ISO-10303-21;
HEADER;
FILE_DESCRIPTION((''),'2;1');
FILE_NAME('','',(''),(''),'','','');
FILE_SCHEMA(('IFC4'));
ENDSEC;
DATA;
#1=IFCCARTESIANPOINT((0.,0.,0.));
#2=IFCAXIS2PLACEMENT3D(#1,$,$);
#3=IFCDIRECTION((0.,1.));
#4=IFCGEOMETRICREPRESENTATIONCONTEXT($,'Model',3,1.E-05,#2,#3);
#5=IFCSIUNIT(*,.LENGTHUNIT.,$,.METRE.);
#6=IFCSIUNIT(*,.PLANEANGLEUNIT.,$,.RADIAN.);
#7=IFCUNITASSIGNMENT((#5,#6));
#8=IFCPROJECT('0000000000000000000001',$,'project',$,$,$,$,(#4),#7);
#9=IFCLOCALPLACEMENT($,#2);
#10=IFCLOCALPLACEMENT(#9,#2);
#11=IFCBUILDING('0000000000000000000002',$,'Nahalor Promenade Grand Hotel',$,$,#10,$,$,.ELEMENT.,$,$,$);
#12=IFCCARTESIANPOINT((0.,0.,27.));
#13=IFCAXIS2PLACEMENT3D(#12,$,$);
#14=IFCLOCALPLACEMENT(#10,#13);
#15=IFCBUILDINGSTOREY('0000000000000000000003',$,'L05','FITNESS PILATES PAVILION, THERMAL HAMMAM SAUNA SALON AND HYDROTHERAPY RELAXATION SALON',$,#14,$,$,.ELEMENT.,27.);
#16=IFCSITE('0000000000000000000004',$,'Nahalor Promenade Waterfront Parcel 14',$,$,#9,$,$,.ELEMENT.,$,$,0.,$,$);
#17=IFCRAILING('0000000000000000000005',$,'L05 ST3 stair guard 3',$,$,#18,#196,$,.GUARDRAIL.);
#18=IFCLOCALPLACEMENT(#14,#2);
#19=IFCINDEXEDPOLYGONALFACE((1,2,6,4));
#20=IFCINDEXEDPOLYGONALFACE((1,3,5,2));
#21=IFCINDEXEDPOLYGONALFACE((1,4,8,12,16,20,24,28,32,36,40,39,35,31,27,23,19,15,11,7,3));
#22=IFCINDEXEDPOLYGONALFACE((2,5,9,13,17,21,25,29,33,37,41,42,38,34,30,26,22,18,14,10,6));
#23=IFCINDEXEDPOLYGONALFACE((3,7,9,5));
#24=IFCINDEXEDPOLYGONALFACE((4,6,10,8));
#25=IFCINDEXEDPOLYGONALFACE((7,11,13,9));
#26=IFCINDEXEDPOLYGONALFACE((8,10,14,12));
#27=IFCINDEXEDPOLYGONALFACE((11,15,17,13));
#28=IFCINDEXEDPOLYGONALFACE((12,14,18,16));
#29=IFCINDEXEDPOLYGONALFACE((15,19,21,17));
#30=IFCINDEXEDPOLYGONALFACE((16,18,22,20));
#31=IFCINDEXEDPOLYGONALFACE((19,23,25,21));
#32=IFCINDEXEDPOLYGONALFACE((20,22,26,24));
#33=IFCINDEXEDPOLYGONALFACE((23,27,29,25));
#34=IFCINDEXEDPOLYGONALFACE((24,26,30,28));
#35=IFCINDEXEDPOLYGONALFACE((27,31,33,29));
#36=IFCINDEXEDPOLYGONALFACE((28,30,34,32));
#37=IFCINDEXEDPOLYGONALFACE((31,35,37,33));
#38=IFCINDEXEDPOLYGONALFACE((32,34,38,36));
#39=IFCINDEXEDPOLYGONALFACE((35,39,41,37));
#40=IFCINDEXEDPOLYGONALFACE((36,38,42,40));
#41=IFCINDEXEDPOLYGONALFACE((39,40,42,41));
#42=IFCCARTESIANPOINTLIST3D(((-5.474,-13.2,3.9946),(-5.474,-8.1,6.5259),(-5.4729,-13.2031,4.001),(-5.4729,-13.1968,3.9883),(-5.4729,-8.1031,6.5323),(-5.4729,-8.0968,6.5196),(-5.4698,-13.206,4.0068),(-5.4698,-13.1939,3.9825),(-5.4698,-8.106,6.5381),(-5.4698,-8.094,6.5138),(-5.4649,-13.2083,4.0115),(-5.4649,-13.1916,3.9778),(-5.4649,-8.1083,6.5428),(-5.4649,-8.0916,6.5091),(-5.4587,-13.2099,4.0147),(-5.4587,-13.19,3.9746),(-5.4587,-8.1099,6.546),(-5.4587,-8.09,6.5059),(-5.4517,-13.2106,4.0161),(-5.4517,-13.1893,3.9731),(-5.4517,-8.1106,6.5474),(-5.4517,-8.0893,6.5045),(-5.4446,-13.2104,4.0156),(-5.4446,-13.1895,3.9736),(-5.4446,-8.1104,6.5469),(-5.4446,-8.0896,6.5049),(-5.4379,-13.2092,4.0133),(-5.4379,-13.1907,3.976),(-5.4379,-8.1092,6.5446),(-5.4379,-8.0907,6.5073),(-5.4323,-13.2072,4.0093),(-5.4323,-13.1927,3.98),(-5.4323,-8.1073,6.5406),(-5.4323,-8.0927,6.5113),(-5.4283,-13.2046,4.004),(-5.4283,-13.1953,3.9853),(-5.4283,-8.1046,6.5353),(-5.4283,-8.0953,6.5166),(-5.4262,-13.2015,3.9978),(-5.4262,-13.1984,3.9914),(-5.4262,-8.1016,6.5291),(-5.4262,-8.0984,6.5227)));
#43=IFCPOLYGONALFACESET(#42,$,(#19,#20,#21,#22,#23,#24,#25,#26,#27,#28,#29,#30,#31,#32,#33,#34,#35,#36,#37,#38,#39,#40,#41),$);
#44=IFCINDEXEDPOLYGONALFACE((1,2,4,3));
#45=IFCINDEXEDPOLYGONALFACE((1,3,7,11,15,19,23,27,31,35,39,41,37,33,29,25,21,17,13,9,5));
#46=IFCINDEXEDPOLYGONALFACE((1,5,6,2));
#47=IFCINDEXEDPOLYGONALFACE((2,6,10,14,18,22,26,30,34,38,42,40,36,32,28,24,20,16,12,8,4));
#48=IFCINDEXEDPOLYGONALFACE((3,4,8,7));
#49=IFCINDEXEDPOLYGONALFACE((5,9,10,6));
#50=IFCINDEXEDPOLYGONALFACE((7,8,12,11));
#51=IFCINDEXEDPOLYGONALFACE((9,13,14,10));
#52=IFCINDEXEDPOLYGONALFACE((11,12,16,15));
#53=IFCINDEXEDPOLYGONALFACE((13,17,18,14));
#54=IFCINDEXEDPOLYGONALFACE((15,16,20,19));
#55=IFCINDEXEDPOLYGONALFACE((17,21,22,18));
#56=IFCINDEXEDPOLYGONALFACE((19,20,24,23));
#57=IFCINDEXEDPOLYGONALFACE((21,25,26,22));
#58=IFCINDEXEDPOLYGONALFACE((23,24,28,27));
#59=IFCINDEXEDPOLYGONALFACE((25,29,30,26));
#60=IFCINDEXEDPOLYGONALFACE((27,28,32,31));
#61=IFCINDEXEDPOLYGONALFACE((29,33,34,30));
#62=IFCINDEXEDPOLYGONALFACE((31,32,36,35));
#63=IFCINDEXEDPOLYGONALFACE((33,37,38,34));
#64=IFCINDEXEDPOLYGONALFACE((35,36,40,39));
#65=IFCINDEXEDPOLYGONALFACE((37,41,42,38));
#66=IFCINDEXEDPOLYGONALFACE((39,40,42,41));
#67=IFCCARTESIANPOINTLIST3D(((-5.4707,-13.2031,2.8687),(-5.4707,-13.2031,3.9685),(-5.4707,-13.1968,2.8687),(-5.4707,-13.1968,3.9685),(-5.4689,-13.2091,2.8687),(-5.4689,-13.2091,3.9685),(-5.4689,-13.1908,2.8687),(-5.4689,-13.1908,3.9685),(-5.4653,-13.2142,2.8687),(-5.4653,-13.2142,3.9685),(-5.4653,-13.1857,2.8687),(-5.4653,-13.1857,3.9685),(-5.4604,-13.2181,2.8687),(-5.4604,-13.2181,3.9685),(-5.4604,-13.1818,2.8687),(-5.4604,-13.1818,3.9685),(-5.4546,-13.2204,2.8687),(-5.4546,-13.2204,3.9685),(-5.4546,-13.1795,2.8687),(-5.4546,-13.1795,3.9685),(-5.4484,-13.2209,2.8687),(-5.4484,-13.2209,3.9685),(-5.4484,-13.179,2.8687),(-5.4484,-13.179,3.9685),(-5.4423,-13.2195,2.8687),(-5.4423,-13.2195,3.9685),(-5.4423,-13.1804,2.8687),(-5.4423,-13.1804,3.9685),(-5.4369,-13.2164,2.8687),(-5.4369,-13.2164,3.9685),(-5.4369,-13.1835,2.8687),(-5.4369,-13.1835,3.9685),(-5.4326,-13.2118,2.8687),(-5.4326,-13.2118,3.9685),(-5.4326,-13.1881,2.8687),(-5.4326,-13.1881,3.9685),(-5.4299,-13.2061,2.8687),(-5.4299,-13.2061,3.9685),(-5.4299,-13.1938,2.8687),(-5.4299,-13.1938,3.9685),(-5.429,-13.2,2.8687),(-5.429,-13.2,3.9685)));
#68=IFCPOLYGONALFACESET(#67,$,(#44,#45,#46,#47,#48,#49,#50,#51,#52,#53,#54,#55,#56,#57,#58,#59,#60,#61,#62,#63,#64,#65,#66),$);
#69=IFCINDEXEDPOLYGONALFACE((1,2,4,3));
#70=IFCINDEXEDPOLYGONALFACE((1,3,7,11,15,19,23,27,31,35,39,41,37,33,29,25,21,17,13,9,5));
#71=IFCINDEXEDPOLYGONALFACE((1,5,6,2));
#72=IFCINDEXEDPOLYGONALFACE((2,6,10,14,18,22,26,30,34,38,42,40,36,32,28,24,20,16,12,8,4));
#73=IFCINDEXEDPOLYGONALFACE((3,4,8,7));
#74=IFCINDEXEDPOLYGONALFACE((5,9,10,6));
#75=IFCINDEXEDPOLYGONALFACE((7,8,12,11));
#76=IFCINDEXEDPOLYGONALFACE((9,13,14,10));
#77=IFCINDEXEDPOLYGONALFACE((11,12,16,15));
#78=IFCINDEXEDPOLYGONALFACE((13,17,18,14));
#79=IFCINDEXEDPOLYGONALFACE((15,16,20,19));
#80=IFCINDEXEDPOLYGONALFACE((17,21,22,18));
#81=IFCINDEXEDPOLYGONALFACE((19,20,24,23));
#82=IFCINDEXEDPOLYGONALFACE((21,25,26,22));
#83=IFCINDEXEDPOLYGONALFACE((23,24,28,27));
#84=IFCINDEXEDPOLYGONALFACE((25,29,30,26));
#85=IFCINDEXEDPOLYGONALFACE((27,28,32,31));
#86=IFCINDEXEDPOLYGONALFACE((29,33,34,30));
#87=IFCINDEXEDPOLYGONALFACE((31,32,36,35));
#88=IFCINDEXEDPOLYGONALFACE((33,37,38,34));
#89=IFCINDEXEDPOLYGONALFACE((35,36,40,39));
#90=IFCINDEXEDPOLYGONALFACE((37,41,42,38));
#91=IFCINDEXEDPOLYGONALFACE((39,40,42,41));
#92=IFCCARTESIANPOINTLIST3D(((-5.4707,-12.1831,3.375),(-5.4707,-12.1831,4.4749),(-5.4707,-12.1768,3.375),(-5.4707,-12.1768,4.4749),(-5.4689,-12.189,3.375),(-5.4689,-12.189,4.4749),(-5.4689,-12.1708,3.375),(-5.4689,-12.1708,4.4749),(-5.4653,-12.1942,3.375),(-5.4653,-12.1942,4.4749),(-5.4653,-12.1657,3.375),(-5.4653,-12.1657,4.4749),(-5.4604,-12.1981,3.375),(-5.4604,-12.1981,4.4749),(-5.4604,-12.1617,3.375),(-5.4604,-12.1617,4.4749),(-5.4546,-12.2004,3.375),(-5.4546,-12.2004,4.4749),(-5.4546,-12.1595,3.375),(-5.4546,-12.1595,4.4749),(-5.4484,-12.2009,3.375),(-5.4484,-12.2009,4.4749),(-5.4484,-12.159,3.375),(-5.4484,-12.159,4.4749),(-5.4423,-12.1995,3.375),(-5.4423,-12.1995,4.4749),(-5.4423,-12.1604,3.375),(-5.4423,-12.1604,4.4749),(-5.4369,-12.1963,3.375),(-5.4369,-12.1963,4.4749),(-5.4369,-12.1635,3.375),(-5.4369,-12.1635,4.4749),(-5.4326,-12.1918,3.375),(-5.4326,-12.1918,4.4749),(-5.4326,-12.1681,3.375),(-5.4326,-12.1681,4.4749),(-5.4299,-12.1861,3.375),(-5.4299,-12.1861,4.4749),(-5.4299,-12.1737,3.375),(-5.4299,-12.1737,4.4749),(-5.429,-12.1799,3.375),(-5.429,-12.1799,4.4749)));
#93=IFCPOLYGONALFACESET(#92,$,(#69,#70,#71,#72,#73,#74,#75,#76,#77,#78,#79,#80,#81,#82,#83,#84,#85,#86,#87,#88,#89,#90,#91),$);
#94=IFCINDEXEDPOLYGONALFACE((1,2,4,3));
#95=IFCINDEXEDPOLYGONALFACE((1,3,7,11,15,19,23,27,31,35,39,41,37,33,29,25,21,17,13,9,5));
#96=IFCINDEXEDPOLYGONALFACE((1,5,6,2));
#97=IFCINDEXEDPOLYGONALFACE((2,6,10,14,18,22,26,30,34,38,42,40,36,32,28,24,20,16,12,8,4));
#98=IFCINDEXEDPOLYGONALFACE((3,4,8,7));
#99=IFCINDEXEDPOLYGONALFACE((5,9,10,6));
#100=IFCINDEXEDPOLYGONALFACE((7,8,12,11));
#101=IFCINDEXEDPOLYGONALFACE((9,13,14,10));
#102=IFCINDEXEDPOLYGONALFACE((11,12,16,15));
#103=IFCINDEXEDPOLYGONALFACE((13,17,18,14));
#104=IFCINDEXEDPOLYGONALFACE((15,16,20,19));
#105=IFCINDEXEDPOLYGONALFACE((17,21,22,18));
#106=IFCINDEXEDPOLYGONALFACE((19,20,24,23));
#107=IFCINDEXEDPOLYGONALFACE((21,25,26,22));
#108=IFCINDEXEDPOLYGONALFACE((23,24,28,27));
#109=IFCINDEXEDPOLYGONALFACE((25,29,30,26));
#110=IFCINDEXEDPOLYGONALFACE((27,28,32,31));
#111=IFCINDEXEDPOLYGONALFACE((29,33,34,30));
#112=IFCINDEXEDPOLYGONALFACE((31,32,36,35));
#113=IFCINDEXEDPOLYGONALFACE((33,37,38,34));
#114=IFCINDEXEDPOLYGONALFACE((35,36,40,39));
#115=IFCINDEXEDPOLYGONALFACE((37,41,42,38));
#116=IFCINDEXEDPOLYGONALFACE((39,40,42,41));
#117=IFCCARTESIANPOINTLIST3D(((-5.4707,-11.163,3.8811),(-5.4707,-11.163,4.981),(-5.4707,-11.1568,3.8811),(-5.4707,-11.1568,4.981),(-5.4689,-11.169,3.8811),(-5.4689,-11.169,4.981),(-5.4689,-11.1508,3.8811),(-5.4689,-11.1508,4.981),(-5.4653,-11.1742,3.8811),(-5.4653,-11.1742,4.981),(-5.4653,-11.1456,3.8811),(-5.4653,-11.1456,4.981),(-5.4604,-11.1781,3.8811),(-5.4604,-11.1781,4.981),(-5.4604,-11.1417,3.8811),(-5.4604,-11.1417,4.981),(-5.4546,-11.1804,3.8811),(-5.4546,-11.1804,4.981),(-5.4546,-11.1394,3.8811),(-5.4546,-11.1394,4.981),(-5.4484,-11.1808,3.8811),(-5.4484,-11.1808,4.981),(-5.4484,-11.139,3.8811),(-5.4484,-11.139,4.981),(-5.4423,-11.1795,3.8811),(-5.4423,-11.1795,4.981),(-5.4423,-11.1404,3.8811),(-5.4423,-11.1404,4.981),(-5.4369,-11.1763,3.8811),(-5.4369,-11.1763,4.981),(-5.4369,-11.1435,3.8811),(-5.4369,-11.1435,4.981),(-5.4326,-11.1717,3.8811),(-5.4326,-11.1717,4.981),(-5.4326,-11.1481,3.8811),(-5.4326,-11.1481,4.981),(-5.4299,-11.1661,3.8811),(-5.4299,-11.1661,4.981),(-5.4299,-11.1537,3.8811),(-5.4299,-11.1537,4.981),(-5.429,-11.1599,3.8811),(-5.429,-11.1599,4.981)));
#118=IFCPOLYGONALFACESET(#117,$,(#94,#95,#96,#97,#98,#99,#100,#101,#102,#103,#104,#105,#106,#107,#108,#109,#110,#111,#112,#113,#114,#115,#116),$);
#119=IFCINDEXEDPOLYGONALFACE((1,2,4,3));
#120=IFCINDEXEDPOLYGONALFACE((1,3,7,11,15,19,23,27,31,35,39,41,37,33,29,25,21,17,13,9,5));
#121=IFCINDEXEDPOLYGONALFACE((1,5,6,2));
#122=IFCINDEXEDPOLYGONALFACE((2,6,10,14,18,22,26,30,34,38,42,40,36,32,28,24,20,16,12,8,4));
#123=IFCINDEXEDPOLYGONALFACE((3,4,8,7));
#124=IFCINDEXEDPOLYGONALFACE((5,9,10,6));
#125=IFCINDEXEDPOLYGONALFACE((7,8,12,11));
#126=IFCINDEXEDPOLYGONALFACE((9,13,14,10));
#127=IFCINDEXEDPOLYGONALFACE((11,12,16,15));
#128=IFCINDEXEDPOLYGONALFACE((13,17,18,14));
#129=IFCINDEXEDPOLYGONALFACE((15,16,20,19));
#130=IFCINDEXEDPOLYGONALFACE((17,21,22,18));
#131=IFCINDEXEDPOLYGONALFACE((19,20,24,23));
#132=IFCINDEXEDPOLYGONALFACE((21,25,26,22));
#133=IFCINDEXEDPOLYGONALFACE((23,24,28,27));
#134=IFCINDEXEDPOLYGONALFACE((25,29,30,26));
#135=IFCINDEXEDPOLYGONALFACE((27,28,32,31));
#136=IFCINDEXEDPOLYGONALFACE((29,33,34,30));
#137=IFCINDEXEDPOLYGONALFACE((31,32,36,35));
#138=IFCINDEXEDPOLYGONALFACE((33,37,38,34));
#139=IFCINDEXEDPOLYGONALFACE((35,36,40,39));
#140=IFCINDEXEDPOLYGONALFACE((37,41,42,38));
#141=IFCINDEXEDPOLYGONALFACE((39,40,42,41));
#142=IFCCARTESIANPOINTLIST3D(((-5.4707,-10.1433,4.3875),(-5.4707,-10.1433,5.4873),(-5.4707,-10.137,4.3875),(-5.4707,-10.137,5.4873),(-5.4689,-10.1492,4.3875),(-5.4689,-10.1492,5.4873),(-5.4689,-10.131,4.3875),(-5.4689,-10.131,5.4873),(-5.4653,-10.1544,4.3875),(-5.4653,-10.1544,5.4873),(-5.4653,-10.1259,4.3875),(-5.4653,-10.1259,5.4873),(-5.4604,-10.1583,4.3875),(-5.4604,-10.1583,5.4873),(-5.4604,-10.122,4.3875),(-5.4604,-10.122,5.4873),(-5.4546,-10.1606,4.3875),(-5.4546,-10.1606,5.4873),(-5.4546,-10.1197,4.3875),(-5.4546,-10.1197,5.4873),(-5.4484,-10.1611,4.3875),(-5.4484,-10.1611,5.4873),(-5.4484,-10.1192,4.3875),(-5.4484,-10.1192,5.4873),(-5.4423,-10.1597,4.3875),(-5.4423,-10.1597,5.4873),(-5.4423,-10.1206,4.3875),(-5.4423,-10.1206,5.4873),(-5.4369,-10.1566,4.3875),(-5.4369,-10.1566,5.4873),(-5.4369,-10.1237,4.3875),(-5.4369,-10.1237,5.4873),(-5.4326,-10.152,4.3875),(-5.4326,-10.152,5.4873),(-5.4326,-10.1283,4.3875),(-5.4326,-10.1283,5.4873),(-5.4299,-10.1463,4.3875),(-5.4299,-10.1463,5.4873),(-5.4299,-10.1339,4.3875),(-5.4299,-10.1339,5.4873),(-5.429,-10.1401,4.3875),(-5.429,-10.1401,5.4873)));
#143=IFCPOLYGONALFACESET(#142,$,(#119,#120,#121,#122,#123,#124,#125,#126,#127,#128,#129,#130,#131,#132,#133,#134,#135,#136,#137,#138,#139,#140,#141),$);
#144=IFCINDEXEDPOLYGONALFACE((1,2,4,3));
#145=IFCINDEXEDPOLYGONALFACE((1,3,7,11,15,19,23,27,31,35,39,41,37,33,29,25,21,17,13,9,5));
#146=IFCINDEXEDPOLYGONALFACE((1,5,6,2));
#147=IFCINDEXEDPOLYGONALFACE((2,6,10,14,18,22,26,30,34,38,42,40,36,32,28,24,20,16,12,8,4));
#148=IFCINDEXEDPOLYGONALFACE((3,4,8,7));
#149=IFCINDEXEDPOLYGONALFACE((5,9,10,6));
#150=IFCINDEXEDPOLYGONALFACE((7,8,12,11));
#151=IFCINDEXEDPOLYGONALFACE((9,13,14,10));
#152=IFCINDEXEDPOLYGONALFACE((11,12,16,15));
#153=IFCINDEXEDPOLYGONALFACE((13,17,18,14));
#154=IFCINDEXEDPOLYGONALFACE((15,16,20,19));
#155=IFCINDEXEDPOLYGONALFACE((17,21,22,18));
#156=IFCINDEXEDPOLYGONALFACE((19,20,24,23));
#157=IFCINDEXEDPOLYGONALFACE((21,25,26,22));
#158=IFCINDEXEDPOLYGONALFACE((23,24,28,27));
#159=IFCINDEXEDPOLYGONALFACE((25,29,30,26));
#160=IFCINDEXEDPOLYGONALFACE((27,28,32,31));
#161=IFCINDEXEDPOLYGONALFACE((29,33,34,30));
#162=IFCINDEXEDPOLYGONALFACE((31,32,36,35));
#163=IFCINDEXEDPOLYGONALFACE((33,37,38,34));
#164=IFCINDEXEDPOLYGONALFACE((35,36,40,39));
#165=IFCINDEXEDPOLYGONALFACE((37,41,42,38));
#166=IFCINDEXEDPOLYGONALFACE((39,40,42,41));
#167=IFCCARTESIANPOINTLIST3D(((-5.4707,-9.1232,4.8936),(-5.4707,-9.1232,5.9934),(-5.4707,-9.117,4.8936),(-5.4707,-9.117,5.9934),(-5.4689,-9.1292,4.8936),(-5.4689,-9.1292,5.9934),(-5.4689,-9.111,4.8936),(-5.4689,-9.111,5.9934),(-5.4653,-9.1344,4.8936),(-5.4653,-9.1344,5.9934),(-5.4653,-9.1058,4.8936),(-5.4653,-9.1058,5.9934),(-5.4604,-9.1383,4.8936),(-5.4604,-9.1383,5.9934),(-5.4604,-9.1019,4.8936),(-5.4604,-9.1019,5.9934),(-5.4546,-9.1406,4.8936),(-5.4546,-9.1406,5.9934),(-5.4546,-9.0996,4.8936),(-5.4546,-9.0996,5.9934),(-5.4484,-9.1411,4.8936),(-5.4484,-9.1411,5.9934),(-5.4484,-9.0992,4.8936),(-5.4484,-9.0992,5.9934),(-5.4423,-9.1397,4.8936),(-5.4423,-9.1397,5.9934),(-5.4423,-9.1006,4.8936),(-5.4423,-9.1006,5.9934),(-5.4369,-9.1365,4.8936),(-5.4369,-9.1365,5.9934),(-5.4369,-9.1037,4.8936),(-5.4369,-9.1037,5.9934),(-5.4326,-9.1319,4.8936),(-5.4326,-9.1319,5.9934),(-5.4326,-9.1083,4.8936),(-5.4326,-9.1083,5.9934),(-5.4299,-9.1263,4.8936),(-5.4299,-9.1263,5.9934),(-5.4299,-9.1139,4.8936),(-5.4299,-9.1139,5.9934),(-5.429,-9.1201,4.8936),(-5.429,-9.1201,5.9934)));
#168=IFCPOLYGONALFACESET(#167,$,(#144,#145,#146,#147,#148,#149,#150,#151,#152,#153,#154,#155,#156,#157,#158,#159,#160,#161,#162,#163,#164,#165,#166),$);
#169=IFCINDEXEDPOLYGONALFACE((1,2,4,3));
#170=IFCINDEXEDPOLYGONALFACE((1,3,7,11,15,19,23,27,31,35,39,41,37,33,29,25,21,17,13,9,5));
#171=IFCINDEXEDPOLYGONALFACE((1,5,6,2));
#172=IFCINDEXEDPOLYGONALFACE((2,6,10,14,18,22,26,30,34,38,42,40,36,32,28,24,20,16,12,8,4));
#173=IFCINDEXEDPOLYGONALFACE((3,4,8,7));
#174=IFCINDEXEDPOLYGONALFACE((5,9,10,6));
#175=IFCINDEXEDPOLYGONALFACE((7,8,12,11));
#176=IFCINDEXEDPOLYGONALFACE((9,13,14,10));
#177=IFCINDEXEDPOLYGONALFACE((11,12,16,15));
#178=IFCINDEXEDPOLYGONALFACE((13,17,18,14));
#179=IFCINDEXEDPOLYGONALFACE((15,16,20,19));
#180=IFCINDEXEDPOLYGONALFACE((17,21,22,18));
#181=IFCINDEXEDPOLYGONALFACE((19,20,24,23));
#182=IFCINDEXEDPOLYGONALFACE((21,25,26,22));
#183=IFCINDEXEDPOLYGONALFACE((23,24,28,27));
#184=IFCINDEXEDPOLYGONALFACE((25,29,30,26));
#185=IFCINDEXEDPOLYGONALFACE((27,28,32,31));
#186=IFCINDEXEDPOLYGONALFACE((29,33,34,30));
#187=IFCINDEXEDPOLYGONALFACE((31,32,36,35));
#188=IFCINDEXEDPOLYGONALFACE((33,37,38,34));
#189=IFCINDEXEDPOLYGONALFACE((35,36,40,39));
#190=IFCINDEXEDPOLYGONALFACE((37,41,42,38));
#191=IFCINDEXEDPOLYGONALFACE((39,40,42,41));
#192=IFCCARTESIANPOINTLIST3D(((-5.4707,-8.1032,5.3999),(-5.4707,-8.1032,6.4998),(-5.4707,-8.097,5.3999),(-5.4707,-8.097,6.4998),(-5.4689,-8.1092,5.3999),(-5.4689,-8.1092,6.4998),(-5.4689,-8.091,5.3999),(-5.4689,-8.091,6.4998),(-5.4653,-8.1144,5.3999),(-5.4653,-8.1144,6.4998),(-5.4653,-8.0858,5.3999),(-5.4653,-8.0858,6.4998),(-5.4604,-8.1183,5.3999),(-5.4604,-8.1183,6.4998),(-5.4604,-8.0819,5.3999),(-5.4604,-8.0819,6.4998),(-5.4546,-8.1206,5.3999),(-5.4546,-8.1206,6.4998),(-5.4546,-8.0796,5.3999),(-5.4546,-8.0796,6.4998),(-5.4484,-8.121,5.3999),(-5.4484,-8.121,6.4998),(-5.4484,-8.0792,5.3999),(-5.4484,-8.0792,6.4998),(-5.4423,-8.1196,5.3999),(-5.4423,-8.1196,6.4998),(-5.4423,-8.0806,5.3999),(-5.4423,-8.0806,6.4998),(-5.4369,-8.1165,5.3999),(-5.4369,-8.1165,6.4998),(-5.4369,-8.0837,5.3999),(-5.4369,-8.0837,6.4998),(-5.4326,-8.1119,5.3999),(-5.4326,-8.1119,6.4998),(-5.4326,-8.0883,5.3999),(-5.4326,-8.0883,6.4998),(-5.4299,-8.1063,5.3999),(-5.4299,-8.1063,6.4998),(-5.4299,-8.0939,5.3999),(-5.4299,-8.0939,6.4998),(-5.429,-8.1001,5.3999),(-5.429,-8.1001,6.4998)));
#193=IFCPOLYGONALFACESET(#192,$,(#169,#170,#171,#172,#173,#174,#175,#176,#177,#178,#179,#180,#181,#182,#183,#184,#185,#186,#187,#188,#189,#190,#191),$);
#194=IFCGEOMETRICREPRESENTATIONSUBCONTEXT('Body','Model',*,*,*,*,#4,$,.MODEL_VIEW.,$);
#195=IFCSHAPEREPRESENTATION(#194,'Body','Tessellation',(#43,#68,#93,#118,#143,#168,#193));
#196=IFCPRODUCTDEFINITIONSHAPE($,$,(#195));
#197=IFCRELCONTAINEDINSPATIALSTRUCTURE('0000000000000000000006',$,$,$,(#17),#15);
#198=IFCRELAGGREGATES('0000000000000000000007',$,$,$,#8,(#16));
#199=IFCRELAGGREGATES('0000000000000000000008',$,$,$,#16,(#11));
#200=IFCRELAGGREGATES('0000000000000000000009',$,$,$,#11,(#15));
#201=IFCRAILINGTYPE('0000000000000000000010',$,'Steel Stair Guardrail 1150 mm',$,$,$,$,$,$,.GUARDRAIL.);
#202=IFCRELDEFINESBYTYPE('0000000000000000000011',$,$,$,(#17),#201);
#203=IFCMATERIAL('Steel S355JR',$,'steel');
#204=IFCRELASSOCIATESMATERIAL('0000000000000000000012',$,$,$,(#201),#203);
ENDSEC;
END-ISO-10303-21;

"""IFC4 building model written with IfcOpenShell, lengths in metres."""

from ifc_helpers import new_model, si_unit, direction, frame, origin, origin_2d, place, context, subcontext, project, spatial, circle, extrude, material, type_object, element, save


model = new_model("IFC4")

# Units and contexts
model_context = context("Model", 3, precision=1e-05, world=origin(), true_north=direction((0.0, 1.0)))
body_context = subcontext(model_context, "Body", "Model", "MODEL_VIEW")
ifc_project = project(units=[si_unit("LENGTHUNIT", "METRE"), si_unit("PLANEANGLEUNIT", "RADIAN")], contexts=[model_context])

# Site, building, storey
site_placement = place(None, origin())
site = spatial("IfcSite", under=ifc_project, at=site_placement, Name="Nahalor Promenade Waterfront Parcel 14", CompositionType="ELEMENT", RefElevation=0.0)
building_placement = place(site_placement, origin())
building = spatial("IfcBuilding", under=site, at=building_placement, Name="Nahalor Promenade Grand Hotel", CompositionType="ELEMENT")
storey_placement = place(building_placement, frame((0.0, 0.0, 27.0)))
storey = spatial("IfcBuildingStorey", under=building, at=storey_placement, Name="L05", Description="FITNESS PILATES PAVILION, THERMAL HAMMAM SAUNA SALON AND HYDROTHERAPY RELAXATION SALON", CompositionType="ELEMENT", Elevation=27.0)

# Shared definitions
ifc_material_1 = material(Name="Steel S355JR", Category="steel")

# Railing
railing_type_1 = type_object("IfcRailingType", Name="Steel Stair Guardrail 1150 mm", PredefinedType="GUARDRAIL", material=ifc_material_1)
railing_1_placement = place(storey_placement, frame((-5.45, -13.2, 2.8687)))
element("IfcRailing", 1, at=railing_1_placement, inside=storey, type_object=railing_type_1, Name="L05 ST3 stair guard 3", PredefinedType="GUARDRAIL", context=body_context, shape_type="SweptSolid", body=[
    extrude(circle(Radius=0.024, at=origin_2d()), frame((0.0, 0.0, 1.126), z_axis=(0.0, 0.895735, 0.444587), x_axis=(-1.0, 0.0, 0.0)), (0.0, 0.0, 1.0), 5.6936),
    extrude(circle(Radius=0.021, at=origin_2d()), origin(), (0.0, 0.0, 1.0), 1.0999),
    extrude(circle(Radius=0.021, at=origin_2d()), frame((0.0, 1.02, 0.5063)), (0.0, 0.0, 1.0), 1.0999),
    extrude(circle(Radius=0.021, at=origin_2d()), frame((0.0, 2.04, 1.0125)), (0.0, 0.0, 1.0), 1.0999),
    extrude(circle(Radius=0.021, at=origin_2d()), frame((0.0, 3.0598, 1.5188)), (0.0, 0.0, 1.0), 1.0999),
    extrude(circle(Radius=0.021, at=origin_2d()), frame((0.0, 4.0798, 2.0249)), (0.0, 0.0, 1.0), 1.0999),
    extrude(circle(Radius=0.021, at=origin_2d()), frame((0.0, 5.0999, 2.5312)), (0.0, 0.0, 1.0), 1.0999),
])

save(model, "model.ifc")
